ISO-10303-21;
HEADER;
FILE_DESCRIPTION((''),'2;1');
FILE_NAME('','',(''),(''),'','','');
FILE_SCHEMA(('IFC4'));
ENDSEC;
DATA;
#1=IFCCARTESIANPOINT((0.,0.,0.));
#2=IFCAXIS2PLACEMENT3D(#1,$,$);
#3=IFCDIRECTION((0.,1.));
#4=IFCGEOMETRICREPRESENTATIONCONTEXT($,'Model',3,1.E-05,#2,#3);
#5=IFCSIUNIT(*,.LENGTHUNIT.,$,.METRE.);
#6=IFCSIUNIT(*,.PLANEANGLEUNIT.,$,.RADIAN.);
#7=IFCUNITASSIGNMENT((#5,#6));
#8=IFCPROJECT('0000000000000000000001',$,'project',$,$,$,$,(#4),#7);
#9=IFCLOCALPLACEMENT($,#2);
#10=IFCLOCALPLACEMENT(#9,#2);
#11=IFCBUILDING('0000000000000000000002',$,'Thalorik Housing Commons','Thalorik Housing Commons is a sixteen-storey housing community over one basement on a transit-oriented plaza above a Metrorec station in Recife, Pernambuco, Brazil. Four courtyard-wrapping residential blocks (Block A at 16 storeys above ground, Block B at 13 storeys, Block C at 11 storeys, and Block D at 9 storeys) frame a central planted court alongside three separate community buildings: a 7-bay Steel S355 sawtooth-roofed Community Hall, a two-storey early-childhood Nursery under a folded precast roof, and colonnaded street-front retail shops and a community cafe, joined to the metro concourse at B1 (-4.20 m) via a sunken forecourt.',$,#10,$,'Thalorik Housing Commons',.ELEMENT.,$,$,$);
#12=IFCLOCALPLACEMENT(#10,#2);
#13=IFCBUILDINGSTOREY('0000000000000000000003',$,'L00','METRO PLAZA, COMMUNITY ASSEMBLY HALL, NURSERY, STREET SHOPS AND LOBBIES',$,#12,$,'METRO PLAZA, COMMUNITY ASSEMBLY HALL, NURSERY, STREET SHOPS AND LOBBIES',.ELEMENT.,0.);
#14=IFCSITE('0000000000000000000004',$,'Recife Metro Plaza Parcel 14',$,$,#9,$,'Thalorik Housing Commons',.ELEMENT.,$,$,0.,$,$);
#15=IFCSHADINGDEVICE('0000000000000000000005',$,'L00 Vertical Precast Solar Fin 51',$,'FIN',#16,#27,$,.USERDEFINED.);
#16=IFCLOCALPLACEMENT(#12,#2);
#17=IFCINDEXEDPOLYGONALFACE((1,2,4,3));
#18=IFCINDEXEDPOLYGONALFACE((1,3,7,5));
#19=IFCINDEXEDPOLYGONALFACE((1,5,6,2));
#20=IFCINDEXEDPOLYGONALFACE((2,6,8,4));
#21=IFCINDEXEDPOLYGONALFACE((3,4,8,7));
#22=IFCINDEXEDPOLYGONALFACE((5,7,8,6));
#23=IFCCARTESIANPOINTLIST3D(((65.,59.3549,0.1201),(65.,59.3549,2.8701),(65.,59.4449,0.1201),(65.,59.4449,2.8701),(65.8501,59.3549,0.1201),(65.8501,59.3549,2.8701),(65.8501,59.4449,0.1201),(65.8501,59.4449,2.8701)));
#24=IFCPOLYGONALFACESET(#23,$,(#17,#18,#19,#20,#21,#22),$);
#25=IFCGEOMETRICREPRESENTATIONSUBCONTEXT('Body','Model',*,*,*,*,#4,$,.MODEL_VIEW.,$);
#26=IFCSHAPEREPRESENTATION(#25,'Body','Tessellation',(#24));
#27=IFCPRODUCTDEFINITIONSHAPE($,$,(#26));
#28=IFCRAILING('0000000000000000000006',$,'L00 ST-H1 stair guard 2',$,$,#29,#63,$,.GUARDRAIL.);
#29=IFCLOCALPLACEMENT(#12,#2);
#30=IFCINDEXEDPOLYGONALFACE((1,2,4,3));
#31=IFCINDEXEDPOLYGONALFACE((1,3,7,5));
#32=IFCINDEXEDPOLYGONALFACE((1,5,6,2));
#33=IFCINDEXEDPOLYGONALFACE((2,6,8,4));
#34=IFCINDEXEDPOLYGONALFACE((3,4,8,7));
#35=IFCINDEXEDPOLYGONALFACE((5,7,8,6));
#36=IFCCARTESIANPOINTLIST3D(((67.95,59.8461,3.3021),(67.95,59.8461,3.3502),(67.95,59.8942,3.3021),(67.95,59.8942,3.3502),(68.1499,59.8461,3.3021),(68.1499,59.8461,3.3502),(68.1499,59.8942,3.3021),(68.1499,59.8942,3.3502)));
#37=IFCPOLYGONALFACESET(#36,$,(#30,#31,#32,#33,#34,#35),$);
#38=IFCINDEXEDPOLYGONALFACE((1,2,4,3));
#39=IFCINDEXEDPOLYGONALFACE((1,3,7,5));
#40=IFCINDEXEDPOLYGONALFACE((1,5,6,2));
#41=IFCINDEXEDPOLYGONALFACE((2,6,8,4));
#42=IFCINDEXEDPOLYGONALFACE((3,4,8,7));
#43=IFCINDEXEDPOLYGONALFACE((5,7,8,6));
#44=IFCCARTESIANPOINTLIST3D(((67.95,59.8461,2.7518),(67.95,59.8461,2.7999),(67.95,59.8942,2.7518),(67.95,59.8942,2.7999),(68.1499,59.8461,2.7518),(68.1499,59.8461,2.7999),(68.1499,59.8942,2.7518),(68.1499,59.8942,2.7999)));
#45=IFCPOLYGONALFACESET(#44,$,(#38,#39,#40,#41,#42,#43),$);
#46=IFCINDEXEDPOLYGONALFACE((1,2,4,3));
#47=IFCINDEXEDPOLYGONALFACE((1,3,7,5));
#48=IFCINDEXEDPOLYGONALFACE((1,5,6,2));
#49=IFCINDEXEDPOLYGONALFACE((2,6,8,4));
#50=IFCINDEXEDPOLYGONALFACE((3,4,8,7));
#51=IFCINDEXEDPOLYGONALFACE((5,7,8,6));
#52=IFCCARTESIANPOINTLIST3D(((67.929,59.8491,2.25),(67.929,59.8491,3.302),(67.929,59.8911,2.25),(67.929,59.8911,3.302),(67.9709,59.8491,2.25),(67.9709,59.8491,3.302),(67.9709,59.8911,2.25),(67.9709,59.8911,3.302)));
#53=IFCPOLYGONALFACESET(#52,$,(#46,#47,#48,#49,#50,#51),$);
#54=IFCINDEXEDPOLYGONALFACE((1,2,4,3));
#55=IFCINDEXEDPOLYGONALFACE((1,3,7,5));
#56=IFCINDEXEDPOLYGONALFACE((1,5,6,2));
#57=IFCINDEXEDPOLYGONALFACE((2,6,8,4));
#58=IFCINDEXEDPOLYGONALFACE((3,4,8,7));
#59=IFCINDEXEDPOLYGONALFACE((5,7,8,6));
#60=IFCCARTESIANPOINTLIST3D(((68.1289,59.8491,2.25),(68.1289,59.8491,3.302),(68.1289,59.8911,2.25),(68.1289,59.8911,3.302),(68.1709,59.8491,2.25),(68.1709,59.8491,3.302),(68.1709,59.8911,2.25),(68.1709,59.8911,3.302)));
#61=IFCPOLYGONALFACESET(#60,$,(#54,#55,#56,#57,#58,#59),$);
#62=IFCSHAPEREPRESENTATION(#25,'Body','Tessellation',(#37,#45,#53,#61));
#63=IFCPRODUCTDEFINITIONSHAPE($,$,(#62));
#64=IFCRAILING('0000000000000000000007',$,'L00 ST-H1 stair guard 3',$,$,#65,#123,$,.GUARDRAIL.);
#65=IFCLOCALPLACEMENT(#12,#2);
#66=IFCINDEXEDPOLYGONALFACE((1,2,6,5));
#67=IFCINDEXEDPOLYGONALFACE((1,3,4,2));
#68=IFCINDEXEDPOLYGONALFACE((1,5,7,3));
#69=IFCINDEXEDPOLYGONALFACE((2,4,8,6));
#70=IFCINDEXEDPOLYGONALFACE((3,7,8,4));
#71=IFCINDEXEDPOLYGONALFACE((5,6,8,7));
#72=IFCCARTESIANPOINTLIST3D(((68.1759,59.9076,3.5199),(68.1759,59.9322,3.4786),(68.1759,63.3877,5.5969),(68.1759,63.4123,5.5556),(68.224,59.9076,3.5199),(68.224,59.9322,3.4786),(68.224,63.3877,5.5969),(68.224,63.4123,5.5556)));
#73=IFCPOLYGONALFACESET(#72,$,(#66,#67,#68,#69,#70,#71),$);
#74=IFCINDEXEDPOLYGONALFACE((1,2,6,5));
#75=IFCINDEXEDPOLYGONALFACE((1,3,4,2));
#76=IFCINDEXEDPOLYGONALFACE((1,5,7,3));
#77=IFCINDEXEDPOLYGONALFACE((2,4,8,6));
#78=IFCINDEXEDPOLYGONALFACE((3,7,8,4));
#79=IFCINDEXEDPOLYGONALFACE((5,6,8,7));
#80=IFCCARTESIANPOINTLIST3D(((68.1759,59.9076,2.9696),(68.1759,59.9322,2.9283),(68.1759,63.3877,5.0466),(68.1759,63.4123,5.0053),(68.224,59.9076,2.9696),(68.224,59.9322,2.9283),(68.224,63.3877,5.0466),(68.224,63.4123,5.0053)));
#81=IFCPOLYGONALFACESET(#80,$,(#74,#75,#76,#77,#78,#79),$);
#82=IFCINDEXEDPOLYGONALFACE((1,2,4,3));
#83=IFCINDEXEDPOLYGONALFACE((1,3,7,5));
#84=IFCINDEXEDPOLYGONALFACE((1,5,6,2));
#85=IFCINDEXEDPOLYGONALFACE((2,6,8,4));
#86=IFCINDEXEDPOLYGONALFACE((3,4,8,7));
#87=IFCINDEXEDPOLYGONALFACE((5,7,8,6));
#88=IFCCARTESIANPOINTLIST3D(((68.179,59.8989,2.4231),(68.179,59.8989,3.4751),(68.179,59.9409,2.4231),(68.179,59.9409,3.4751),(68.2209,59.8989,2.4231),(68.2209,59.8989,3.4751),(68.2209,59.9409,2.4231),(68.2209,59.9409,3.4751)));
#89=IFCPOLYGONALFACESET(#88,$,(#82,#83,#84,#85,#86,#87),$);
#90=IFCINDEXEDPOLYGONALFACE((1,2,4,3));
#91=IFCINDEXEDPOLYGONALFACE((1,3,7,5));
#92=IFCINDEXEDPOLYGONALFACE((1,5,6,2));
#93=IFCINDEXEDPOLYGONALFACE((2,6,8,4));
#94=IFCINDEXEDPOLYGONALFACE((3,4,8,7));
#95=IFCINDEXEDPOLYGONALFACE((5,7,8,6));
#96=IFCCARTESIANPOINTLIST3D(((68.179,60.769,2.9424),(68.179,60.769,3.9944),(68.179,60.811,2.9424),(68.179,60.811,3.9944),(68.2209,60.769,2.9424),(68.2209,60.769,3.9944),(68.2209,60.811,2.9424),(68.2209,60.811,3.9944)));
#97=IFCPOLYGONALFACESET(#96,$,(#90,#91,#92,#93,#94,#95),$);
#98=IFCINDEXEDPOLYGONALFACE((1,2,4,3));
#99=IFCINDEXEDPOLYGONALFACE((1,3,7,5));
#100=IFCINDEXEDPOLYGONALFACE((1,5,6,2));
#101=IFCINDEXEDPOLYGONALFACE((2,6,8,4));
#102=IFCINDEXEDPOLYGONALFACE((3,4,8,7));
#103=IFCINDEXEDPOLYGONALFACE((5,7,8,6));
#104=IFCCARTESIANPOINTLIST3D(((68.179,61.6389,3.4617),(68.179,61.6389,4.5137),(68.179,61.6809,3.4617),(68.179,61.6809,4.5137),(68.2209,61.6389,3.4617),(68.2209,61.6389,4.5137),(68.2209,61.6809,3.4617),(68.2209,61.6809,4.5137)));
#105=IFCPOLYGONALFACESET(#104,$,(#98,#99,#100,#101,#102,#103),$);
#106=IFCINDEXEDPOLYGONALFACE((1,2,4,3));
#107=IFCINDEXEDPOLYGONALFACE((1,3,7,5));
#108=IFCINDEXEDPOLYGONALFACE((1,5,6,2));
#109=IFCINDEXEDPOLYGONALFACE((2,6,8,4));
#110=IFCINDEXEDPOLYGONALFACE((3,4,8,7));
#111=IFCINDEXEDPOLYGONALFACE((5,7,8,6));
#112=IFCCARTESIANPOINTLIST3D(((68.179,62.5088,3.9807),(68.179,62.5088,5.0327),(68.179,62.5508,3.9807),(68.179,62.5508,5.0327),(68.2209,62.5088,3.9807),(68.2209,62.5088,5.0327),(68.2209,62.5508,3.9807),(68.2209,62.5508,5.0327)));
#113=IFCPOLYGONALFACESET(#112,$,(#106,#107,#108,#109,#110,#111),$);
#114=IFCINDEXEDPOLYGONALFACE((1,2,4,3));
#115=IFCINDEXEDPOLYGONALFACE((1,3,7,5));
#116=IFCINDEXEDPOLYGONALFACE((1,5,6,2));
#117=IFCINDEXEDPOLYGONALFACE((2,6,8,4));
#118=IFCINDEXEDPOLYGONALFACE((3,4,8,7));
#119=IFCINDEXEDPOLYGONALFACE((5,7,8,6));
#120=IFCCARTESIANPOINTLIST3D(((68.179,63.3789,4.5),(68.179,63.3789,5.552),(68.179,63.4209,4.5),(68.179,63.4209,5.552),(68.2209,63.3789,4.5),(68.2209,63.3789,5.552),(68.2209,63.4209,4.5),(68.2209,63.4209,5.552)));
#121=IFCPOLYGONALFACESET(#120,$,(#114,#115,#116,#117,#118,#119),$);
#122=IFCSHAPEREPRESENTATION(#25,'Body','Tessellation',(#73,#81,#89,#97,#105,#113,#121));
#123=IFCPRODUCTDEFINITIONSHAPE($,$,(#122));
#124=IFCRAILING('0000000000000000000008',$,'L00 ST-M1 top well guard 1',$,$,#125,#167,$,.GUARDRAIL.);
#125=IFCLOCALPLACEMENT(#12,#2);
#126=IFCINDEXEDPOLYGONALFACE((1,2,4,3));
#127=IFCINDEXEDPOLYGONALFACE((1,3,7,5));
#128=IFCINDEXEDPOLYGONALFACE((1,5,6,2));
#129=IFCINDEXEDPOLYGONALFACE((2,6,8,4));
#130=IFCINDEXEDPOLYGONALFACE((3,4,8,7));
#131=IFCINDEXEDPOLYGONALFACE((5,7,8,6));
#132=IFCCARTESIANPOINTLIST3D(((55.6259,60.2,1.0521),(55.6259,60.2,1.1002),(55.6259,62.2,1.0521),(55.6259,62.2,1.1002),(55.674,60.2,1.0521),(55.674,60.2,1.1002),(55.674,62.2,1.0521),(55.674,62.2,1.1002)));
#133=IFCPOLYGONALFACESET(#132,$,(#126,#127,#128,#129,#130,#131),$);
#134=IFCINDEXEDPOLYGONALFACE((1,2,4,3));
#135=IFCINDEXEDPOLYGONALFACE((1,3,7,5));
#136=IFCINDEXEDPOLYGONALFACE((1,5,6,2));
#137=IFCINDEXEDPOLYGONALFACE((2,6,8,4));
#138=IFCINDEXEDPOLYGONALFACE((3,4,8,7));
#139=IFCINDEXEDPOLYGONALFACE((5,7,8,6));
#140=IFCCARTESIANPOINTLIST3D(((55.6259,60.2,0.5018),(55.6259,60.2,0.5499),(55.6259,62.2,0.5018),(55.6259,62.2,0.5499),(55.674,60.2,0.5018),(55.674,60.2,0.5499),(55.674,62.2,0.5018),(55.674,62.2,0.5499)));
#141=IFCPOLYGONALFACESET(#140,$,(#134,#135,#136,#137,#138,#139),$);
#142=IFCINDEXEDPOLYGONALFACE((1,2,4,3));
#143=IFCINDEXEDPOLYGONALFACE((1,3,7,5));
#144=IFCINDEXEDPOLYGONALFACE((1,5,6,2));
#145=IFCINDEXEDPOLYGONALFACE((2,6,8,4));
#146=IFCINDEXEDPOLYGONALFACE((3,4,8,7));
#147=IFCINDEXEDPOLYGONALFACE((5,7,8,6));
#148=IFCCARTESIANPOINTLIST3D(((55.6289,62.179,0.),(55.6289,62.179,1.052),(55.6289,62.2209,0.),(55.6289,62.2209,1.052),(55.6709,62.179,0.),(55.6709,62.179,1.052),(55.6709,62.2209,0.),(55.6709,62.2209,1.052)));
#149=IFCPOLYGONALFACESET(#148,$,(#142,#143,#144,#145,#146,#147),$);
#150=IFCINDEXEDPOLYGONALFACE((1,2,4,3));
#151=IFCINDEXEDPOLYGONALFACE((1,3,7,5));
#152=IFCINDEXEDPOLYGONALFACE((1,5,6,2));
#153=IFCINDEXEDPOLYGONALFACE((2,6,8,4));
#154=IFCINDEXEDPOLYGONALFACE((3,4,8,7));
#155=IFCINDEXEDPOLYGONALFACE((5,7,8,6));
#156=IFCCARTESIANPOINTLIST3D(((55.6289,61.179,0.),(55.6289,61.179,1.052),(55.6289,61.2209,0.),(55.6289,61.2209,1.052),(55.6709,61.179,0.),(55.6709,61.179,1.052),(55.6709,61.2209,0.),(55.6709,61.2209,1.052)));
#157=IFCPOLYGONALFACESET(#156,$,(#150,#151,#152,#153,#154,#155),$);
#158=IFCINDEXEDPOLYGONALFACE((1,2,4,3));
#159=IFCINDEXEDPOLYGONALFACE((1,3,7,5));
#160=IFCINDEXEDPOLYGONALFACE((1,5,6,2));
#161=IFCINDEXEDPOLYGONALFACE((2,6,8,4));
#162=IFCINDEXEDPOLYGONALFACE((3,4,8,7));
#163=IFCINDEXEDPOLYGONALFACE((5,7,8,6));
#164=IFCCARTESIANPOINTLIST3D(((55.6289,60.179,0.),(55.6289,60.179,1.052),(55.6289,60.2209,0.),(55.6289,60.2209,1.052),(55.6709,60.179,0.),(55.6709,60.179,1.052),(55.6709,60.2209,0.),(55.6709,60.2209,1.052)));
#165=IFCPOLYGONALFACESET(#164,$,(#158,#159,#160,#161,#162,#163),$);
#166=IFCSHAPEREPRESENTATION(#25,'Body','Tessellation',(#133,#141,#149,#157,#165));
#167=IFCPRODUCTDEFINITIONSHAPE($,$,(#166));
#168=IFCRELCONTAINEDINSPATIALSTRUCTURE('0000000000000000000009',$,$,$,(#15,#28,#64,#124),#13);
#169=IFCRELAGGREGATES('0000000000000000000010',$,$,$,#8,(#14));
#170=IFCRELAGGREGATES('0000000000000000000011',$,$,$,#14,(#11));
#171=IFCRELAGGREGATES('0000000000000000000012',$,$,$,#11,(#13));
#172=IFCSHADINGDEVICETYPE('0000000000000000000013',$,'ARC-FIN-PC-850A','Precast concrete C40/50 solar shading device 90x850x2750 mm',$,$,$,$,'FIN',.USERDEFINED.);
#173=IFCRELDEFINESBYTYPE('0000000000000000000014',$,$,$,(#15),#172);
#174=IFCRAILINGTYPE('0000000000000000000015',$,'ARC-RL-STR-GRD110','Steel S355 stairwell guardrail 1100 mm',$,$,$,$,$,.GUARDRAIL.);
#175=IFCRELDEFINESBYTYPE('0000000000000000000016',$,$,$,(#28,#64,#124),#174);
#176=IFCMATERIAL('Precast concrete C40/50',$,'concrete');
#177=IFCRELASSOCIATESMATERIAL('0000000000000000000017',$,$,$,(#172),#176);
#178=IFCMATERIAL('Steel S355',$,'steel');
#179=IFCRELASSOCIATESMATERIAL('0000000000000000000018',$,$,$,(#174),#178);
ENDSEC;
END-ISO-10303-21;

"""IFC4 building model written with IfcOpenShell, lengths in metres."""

from ifc_helpers import new_model, si_unit, direction, frame, origin, origin_2d, place, context, subcontext, project, spatial, rectangle, extrude, material, type_object, element, save


model = new_model("IFC4")

# Units and contexts
model_context = context("Model", 3, precision=1e-05, world=origin(), true_north=direction((0.0, 1.0)))
body_context = subcontext(model_context, "Body", "Model", "MODEL_VIEW")
ifc_project = project(units=[si_unit("LENGTHUNIT", "METRE"), si_unit("PLANEANGLEUNIT", "RADIAN")], contexts=[model_context])

# Site, building, storey
site_placement = place(None, origin())
site = spatial("IfcSite", under=ifc_project, at=site_placement, Name="Recife Metro Plaza Parcel 14", LongName="Thalorik Housing Commons", CompositionType="ELEMENT", RefElevation=0.0)
building_placement = place(site_placement, origin())
building = spatial("IfcBuilding", under=site, at=building_placement, Name="Thalorik Housing Commons", Description="Thalorik Housing Commons is a sixteen-storey housing community over one basement on a transit-oriented plaza above a Metrorec station in Recife, Pernambuco, Brazil. Four courtyard-wrapping residential blocks (Block A at 16 storeys above ground, Block B at 13 storeys, Block C at 11 storeys, and Block D at 9 storeys) frame a central planted court alongside three separate community buildings: a 7-bay Steel S355 sawtooth-roofed Community Hall, a two-storey early-childhood Nursery under a folded precast roof, and colonnaded street-front retail shops and a community cafe, joined to the metro concourse at B1 (-4.20 m) via a sunken forecourt.", LongName="Thalorik Housing Commons", CompositionType="ELEMENT")
storey_placement = place(building_placement, origin())
storey = spatial("IfcBuildingStorey", under=building, at=storey_placement, Name="L00", Description="METRO PLAZA, COMMUNITY ASSEMBLY HALL, NURSERY, STREET SHOPS AND LOBBIES", LongName="METRO PLAZA, COMMUNITY ASSEMBLY HALL, NURSERY, STREET SHOPS AND LOBBIES", CompositionType="ELEMENT", Elevation=0.0)

# Shared definitions
ifc_material_1 = material(Name="Steel S355", Category="steel")

# Shared definitions
ifc_material_2 = material(Name="Precast concrete C40/50", Category="concrete")

# Shading device
shading_device_type = type_object("IfcShadingDeviceType", Name="ARC-FIN-PC-850A", Description="Precast concrete C40/50 solar shading device 90x850x2750 mm", ElementType="FIN", PredefinedType="USERDEFINED", material=ifc_material_2)
for number, where, z_axis, x_axis, name in (
    (1, (65.425, 59.3999, 0.1201), (0.0, 0.0, 1.0), (0.0, -1.0, 0.0), "L00 Vertical Precast Solar Fin 51"),
):
    element("IfcShadingDevice", number, at=place(storey_placement, frame(where, z_axis=z_axis, x_axis=x_axis)), inside=storey, type_object=shading_device_type, Name=name, ObjectType="FIN", PredefinedType="USERDEFINED", context=body_context, shape_type="SweptSolid", body=[
        extrude(rectangle(XDim=0.0901, YDim=0.8501, at=origin_2d()), origin(), (0.0, 0.0, 1.0), 2.75),
    ])

# Railings
railing_type_1 = type_object("IfcRailingType", Name="ARC-RL-STR-GRD110", Description="Steel S355 stairwell guardrail 1100 mm", PredefinedType="GUARDRAIL", material=ifc_material_1)
railing_1_placement = place(storey_placement, frame((67.95, 59.8701, 2.25)))
element("IfcRailing", 2, at=railing_1_placement, inside=storey, type_object=railing_type_1, Name="L00 ST-H1 stair guard 2", PredefinedType="GUARDRAIL", context=body_context, shape_type="SweptSolid", body=[
    extrude(rectangle(XDim=0.0481, YDim=0.0481, at=origin_2d()), frame((0.0, 0.0, 1.0762), z_axis=(1.0, 0.0, 0.0), x_axis=(0.0, 1.0, 0.0)), (0.0, 0.0, 1.0), 0.2),
    extrude(rectangle(XDim=0.0481, YDim=0.0481, at=origin_2d()), frame((0.0, 0.0, 0.5259), z_axis=(1.0, 0.0, 0.0), x_axis=(0.0, 1.0, 0.0)), (0.0, 0.0, 1.0), 0.2),
    extrude(rectangle(XDim=0.042, YDim=0.042, at=origin_2d()), origin(), (0.0, 0.0, 1.0), 1.052),
    extrude(rectangle(XDim=0.042, YDim=0.042, at=origin_2d()), frame((0.2, 0.0, 0.0)), (0.0, 0.0, 1.0), 1.052),
])
railing_2_placement = place(storey_placement, frame((68.2, 59.9199, 2.4231)))
element("IfcRailing", 3, at=railing_2_placement, inside=storey, type_object=railing_type_1, Name="L00 ST-H1 stair guard 3", PredefinedType="GUARDRAIL", context=body_context, shape_type="SweptSolid", body=[
    extrude(rectangle(XDim=0.0481, YDim=0.0481, at=origin_2d()), frame((0.0, 0.0, 1.0762), z_axis=(0.0, 0.858697, 0.512483), x_axis=(-1.0, 0.0, 0.0)), (0.0, 0.0, 1.0), 4.0527),
    extrude(rectangle(XDim=0.0481, YDim=0.0481, at=origin_2d()), frame((0.0, 0.0, 0.5259), z_axis=(0.0, 0.858697, 0.512483), x_axis=(-1.0, 0.0, 0.0)), (0.0, 0.0, 1.0), 4.0527),
    extrude(rectangle(XDim=0.042, YDim=0.042, at=origin_2d()), origin(), (0.0, 0.0, 1.0), 1.052),
    extrude(rectangle(XDim=0.042, YDim=0.042, at=origin_2d()), frame((0.0, 0.8701, 0.5193)), (0.0, 0.0, 1.0), 1.052),
    extrude(rectangle(XDim=0.042, YDim=0.042, at=origin_2d()), frame((0.0, 1.74, 1.0386)), (0.0, 0.0, 1.0), 1.052),
    extrude(rectangle(XDim=0.042, YDim=0.042, at=origin_2d()), frame((0.0, 2.6099, 1.5576)), (0.0, 0.0, 1.0), 1.052),
    extrude(rectangle(XDim=0.042, YDim=0.042, at=origin_2d()), frame((0.0, 3.48, 2.0769)), (0.0, 0.0, 1.0), 1.052),
])
railing_3_placement = place(storey_placement, frame((55.6499, 62.2, 0.0)))
element("IfcRailing", 4, at=railing_3_placement, inside=storey, type_object=railing_type_1, Name="L00 ST-M1 top well guard 1", PredefinedType="GUARDRAIL", context=body_context, shape_type="SweptSolid", body=[
    extrude(rectangle(XDim=0.0481, YDim=0.0481, at=origin_2d()), frame((0.0, 0.0, 1.0762), z_axis=(0.0, -1.0, 0.0), x_axis=(1.0, 0.0, 0.0)), (0.0, 0.0, 1.0), 2.0),
    extrude(rectangle(XDim=0.0481, YDim=0.0481, at=origin_2d()), frame((0.0, 0.0, 0.5259), z_axis=(0.0, -1.0, 0.0), x_axis=(1.0, 0.0, 0.0)), (0.0, 0.0, 1.0), 2.0),
    extrude(rectangle(XDim=0.042, YDim=0.042, at=origin_2d()), origin(), (0.0, 0.0, 1.0), 1.052),
    extrude(rectangle(XDim=0.042, YDim=0.042, at=origin_2d()), frame((0.0, -1.0, 0.0)), (0.0, 0.0, 1.0), 1.052),
    extrude(rectangle(XDim=0.042, YDim=0.042, at=origin_2d()), frame((0.0, -2.0, 0.0)), (0.0, 0.0, 1.0), 1.052),
])

save(model, "model.ifc")
